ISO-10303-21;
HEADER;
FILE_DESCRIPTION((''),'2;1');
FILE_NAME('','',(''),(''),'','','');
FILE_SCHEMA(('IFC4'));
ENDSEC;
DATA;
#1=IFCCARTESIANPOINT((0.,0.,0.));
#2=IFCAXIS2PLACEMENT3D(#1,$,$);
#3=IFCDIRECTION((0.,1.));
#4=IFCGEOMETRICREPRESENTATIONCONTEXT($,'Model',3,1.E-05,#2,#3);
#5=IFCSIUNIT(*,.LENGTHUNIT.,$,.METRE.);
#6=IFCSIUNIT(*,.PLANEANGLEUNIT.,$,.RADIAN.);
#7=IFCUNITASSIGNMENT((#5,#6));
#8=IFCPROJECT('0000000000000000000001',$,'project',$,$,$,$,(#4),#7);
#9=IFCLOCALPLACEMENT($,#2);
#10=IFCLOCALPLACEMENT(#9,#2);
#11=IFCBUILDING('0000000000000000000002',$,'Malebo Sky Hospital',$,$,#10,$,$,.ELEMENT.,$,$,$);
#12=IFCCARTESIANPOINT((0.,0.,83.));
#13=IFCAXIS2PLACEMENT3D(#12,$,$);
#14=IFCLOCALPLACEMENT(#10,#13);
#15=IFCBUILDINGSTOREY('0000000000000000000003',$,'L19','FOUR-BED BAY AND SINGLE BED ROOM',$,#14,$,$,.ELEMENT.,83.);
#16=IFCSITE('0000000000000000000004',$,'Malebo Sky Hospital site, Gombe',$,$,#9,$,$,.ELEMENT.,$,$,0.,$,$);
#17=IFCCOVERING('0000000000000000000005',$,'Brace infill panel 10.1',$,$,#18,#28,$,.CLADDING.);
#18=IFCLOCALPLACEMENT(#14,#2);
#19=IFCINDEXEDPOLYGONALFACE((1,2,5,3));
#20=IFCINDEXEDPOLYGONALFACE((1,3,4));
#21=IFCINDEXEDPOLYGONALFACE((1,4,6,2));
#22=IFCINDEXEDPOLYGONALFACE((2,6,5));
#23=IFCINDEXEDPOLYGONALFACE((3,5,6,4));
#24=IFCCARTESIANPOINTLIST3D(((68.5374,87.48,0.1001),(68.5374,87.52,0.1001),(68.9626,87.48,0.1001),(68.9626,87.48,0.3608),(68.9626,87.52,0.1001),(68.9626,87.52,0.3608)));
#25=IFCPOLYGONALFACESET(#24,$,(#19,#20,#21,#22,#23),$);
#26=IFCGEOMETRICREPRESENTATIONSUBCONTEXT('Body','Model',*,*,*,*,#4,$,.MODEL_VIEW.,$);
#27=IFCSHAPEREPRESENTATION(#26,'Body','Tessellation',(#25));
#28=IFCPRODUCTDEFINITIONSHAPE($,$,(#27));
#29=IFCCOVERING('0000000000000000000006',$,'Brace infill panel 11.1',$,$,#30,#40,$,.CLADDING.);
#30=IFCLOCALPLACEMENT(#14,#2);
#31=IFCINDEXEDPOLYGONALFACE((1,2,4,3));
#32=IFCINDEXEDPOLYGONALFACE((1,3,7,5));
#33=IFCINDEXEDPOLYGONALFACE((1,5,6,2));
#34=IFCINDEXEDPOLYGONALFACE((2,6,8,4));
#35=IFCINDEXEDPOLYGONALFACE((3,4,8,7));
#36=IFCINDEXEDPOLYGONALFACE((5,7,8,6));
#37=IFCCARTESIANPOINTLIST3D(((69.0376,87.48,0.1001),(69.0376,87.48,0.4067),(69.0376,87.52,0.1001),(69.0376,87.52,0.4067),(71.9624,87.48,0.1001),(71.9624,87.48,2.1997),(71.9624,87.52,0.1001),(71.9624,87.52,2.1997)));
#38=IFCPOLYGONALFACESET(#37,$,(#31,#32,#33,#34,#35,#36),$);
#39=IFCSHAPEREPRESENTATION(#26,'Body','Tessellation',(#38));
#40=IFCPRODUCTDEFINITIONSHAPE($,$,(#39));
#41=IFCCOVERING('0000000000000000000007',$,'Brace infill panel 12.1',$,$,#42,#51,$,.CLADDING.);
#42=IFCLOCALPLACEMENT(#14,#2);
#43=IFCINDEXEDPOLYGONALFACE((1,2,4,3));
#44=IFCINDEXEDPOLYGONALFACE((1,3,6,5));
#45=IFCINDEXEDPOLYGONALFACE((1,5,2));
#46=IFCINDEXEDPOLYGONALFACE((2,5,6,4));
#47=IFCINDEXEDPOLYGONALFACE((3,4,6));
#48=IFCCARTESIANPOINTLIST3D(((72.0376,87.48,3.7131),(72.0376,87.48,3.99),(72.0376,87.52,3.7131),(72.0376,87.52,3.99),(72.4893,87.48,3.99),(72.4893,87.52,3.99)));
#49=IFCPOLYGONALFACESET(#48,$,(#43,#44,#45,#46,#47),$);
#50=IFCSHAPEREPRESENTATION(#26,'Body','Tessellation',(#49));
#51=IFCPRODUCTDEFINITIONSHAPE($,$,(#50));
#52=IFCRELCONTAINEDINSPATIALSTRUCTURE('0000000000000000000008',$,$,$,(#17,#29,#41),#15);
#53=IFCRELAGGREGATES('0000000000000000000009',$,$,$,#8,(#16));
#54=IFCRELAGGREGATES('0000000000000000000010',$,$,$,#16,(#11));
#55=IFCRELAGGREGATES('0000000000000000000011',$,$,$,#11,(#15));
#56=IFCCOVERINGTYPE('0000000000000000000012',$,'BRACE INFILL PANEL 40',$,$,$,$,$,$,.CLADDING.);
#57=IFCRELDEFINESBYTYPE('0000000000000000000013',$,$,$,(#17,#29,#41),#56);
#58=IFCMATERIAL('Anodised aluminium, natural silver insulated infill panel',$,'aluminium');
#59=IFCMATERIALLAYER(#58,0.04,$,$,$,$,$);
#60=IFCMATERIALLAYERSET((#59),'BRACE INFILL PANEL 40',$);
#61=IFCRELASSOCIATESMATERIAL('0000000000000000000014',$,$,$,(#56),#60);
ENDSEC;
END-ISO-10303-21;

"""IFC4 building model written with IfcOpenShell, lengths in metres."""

from ifc_helpers import new_model, si_unit, direction, frame, origin, place, context, subcontext, project, spatial, polyline, outline, extrude, material, layer, layer_set, type_object, element, save


model = new_model("IFC4")

# Units and contexts
model_context = context("Model", 3, precision=1e-05, world=origin(), true_north=direction((0.0, 1.0)))
body_context = subcontext(model_context, "Body", "Model", "MODEL_VIEW")
ifc_project = project(units=[si_unit("LENGTHUNIT", "METRE"), si_unit("PLANEANGLEUNIT", "RADIAN")], contexts=[model_context])

# Site, building, storey
site_placement = place(None, origin())
site = spatial("IfcSite", under=ifc_project, at=site_placement, Name="Malebo Sky Hospital site, Gombe", CompositionType="ELEMENT", RefElevation=0.0)
building_placement = place(site_placement, origin())
building = spatial("IfcBuilding", under=site, at=building_placement, Name="Malebo Sky Hospital", CompositionType="ELEMENT")
storey_placement = place(building_placement, frame((0.0, 0.0, 83.0)))
storey = spatial("IfcBuildingStorey", under=building, at=storey_placement, Name="L19", Description="FOUR-BED BAY AND SINGLE BED ROOM", CompositionType="ELEMENT", Elevation=83.0)

# Coverings
ifc_material_1 = material(Name="Anodised aluminium, natural silver insulated infill panel", Category="aluminium")
ifc_layer_1 = layer(ifc_material_1, 0.04)
ifc_layer_set_1 = layer_set([ifc_layer_1], Name="BRACE INFILL PANEL 40")
covering_type = type_object("IfcCoveringType", Name="BRACE INFILL PANEL 40", PredefinedType="CLADDING", material=ifc_layer_set_1)
covering_1_placement = place(storey_placement, frame((68.75, 87.5, 0.1001), z_axis=(0.0, 0.0, 1.0), x_axis=(1.0, 0.0, 0.0)))
element("IfcCovering", 1, at=covering_1_placement, inside=storey, type_object=covering_type, Name="Brace infill panel 10.1", PredefinedType="CLADDING", context=body_context, shape_type="SweptSolid", body=[
    extrude(outline(polyline([(-0.2126, 0.0), (0.2126, 0.0), (0.2126, 0.2607), (-0.2126, 0.0)])), frame((0.0, 0.02, 0.0), z_axis=(0.0, -1.0, 0.0), x_axis=(1.0, 0.0, 0.0)), (0.0, 0.0, 1.0), 0.04),
])
covering_2_placement = place(storey_placement, frame((70.5, 87.5, 0.1001), z_axis=(0.0, 0.0, 1.0), x_axis=(1.0, 0.0, 0.0)))
element("IfcCovering", 2, at=covering_2_placement, inside=storey, type_object=covering_type, Name="Brace infill panel 11.1", PredefinedType="CLADDING", context=body_context, shape_type="SweptSolid", body=[
    extrude(outline(polyline([(-1.4624, 0.0), (1.4624, 0.0), (1.4624, 2.0996), (-1.4624, 0.3066), (-1.4624, 0.0)])), frame((0.0, 0.02, 0.0), z_axis=(0.0, -1.0, 0.0), x_axis=(1.0, 0.0, 0.0)), (0.0, 0.0, 1.0), 0.04),
])
covering_3_placement = place(storey_placement, frame((72.2634, 87.5, 3.7131), z_axis=(0.0, 0.0, 1.0), x_axis=(1.0, 0.0, 0.0)))
element("IfcCovering", 3, at=covering_3_placement, inside=storey, type_object=covering_type, Name="Brace infill panel 12.1", PredefinedType="CLADDING", context=body_context, shape_type="SweptSolid", body=[
    extrude(outline(polyline([(-0.2258, 0.0), (0.2258, 0.2769), (-0.2258, 0.2769), (-0.2258, 0.0)])), frame((0.0, 0.02, 0.0), z_axis=(0.0, -1.0, 0.0), x_axis=(1.0, 0.0, 0.0)), (0.0, 0.0, 1.0), 0.04),
])

save(model, "model.ifc")
